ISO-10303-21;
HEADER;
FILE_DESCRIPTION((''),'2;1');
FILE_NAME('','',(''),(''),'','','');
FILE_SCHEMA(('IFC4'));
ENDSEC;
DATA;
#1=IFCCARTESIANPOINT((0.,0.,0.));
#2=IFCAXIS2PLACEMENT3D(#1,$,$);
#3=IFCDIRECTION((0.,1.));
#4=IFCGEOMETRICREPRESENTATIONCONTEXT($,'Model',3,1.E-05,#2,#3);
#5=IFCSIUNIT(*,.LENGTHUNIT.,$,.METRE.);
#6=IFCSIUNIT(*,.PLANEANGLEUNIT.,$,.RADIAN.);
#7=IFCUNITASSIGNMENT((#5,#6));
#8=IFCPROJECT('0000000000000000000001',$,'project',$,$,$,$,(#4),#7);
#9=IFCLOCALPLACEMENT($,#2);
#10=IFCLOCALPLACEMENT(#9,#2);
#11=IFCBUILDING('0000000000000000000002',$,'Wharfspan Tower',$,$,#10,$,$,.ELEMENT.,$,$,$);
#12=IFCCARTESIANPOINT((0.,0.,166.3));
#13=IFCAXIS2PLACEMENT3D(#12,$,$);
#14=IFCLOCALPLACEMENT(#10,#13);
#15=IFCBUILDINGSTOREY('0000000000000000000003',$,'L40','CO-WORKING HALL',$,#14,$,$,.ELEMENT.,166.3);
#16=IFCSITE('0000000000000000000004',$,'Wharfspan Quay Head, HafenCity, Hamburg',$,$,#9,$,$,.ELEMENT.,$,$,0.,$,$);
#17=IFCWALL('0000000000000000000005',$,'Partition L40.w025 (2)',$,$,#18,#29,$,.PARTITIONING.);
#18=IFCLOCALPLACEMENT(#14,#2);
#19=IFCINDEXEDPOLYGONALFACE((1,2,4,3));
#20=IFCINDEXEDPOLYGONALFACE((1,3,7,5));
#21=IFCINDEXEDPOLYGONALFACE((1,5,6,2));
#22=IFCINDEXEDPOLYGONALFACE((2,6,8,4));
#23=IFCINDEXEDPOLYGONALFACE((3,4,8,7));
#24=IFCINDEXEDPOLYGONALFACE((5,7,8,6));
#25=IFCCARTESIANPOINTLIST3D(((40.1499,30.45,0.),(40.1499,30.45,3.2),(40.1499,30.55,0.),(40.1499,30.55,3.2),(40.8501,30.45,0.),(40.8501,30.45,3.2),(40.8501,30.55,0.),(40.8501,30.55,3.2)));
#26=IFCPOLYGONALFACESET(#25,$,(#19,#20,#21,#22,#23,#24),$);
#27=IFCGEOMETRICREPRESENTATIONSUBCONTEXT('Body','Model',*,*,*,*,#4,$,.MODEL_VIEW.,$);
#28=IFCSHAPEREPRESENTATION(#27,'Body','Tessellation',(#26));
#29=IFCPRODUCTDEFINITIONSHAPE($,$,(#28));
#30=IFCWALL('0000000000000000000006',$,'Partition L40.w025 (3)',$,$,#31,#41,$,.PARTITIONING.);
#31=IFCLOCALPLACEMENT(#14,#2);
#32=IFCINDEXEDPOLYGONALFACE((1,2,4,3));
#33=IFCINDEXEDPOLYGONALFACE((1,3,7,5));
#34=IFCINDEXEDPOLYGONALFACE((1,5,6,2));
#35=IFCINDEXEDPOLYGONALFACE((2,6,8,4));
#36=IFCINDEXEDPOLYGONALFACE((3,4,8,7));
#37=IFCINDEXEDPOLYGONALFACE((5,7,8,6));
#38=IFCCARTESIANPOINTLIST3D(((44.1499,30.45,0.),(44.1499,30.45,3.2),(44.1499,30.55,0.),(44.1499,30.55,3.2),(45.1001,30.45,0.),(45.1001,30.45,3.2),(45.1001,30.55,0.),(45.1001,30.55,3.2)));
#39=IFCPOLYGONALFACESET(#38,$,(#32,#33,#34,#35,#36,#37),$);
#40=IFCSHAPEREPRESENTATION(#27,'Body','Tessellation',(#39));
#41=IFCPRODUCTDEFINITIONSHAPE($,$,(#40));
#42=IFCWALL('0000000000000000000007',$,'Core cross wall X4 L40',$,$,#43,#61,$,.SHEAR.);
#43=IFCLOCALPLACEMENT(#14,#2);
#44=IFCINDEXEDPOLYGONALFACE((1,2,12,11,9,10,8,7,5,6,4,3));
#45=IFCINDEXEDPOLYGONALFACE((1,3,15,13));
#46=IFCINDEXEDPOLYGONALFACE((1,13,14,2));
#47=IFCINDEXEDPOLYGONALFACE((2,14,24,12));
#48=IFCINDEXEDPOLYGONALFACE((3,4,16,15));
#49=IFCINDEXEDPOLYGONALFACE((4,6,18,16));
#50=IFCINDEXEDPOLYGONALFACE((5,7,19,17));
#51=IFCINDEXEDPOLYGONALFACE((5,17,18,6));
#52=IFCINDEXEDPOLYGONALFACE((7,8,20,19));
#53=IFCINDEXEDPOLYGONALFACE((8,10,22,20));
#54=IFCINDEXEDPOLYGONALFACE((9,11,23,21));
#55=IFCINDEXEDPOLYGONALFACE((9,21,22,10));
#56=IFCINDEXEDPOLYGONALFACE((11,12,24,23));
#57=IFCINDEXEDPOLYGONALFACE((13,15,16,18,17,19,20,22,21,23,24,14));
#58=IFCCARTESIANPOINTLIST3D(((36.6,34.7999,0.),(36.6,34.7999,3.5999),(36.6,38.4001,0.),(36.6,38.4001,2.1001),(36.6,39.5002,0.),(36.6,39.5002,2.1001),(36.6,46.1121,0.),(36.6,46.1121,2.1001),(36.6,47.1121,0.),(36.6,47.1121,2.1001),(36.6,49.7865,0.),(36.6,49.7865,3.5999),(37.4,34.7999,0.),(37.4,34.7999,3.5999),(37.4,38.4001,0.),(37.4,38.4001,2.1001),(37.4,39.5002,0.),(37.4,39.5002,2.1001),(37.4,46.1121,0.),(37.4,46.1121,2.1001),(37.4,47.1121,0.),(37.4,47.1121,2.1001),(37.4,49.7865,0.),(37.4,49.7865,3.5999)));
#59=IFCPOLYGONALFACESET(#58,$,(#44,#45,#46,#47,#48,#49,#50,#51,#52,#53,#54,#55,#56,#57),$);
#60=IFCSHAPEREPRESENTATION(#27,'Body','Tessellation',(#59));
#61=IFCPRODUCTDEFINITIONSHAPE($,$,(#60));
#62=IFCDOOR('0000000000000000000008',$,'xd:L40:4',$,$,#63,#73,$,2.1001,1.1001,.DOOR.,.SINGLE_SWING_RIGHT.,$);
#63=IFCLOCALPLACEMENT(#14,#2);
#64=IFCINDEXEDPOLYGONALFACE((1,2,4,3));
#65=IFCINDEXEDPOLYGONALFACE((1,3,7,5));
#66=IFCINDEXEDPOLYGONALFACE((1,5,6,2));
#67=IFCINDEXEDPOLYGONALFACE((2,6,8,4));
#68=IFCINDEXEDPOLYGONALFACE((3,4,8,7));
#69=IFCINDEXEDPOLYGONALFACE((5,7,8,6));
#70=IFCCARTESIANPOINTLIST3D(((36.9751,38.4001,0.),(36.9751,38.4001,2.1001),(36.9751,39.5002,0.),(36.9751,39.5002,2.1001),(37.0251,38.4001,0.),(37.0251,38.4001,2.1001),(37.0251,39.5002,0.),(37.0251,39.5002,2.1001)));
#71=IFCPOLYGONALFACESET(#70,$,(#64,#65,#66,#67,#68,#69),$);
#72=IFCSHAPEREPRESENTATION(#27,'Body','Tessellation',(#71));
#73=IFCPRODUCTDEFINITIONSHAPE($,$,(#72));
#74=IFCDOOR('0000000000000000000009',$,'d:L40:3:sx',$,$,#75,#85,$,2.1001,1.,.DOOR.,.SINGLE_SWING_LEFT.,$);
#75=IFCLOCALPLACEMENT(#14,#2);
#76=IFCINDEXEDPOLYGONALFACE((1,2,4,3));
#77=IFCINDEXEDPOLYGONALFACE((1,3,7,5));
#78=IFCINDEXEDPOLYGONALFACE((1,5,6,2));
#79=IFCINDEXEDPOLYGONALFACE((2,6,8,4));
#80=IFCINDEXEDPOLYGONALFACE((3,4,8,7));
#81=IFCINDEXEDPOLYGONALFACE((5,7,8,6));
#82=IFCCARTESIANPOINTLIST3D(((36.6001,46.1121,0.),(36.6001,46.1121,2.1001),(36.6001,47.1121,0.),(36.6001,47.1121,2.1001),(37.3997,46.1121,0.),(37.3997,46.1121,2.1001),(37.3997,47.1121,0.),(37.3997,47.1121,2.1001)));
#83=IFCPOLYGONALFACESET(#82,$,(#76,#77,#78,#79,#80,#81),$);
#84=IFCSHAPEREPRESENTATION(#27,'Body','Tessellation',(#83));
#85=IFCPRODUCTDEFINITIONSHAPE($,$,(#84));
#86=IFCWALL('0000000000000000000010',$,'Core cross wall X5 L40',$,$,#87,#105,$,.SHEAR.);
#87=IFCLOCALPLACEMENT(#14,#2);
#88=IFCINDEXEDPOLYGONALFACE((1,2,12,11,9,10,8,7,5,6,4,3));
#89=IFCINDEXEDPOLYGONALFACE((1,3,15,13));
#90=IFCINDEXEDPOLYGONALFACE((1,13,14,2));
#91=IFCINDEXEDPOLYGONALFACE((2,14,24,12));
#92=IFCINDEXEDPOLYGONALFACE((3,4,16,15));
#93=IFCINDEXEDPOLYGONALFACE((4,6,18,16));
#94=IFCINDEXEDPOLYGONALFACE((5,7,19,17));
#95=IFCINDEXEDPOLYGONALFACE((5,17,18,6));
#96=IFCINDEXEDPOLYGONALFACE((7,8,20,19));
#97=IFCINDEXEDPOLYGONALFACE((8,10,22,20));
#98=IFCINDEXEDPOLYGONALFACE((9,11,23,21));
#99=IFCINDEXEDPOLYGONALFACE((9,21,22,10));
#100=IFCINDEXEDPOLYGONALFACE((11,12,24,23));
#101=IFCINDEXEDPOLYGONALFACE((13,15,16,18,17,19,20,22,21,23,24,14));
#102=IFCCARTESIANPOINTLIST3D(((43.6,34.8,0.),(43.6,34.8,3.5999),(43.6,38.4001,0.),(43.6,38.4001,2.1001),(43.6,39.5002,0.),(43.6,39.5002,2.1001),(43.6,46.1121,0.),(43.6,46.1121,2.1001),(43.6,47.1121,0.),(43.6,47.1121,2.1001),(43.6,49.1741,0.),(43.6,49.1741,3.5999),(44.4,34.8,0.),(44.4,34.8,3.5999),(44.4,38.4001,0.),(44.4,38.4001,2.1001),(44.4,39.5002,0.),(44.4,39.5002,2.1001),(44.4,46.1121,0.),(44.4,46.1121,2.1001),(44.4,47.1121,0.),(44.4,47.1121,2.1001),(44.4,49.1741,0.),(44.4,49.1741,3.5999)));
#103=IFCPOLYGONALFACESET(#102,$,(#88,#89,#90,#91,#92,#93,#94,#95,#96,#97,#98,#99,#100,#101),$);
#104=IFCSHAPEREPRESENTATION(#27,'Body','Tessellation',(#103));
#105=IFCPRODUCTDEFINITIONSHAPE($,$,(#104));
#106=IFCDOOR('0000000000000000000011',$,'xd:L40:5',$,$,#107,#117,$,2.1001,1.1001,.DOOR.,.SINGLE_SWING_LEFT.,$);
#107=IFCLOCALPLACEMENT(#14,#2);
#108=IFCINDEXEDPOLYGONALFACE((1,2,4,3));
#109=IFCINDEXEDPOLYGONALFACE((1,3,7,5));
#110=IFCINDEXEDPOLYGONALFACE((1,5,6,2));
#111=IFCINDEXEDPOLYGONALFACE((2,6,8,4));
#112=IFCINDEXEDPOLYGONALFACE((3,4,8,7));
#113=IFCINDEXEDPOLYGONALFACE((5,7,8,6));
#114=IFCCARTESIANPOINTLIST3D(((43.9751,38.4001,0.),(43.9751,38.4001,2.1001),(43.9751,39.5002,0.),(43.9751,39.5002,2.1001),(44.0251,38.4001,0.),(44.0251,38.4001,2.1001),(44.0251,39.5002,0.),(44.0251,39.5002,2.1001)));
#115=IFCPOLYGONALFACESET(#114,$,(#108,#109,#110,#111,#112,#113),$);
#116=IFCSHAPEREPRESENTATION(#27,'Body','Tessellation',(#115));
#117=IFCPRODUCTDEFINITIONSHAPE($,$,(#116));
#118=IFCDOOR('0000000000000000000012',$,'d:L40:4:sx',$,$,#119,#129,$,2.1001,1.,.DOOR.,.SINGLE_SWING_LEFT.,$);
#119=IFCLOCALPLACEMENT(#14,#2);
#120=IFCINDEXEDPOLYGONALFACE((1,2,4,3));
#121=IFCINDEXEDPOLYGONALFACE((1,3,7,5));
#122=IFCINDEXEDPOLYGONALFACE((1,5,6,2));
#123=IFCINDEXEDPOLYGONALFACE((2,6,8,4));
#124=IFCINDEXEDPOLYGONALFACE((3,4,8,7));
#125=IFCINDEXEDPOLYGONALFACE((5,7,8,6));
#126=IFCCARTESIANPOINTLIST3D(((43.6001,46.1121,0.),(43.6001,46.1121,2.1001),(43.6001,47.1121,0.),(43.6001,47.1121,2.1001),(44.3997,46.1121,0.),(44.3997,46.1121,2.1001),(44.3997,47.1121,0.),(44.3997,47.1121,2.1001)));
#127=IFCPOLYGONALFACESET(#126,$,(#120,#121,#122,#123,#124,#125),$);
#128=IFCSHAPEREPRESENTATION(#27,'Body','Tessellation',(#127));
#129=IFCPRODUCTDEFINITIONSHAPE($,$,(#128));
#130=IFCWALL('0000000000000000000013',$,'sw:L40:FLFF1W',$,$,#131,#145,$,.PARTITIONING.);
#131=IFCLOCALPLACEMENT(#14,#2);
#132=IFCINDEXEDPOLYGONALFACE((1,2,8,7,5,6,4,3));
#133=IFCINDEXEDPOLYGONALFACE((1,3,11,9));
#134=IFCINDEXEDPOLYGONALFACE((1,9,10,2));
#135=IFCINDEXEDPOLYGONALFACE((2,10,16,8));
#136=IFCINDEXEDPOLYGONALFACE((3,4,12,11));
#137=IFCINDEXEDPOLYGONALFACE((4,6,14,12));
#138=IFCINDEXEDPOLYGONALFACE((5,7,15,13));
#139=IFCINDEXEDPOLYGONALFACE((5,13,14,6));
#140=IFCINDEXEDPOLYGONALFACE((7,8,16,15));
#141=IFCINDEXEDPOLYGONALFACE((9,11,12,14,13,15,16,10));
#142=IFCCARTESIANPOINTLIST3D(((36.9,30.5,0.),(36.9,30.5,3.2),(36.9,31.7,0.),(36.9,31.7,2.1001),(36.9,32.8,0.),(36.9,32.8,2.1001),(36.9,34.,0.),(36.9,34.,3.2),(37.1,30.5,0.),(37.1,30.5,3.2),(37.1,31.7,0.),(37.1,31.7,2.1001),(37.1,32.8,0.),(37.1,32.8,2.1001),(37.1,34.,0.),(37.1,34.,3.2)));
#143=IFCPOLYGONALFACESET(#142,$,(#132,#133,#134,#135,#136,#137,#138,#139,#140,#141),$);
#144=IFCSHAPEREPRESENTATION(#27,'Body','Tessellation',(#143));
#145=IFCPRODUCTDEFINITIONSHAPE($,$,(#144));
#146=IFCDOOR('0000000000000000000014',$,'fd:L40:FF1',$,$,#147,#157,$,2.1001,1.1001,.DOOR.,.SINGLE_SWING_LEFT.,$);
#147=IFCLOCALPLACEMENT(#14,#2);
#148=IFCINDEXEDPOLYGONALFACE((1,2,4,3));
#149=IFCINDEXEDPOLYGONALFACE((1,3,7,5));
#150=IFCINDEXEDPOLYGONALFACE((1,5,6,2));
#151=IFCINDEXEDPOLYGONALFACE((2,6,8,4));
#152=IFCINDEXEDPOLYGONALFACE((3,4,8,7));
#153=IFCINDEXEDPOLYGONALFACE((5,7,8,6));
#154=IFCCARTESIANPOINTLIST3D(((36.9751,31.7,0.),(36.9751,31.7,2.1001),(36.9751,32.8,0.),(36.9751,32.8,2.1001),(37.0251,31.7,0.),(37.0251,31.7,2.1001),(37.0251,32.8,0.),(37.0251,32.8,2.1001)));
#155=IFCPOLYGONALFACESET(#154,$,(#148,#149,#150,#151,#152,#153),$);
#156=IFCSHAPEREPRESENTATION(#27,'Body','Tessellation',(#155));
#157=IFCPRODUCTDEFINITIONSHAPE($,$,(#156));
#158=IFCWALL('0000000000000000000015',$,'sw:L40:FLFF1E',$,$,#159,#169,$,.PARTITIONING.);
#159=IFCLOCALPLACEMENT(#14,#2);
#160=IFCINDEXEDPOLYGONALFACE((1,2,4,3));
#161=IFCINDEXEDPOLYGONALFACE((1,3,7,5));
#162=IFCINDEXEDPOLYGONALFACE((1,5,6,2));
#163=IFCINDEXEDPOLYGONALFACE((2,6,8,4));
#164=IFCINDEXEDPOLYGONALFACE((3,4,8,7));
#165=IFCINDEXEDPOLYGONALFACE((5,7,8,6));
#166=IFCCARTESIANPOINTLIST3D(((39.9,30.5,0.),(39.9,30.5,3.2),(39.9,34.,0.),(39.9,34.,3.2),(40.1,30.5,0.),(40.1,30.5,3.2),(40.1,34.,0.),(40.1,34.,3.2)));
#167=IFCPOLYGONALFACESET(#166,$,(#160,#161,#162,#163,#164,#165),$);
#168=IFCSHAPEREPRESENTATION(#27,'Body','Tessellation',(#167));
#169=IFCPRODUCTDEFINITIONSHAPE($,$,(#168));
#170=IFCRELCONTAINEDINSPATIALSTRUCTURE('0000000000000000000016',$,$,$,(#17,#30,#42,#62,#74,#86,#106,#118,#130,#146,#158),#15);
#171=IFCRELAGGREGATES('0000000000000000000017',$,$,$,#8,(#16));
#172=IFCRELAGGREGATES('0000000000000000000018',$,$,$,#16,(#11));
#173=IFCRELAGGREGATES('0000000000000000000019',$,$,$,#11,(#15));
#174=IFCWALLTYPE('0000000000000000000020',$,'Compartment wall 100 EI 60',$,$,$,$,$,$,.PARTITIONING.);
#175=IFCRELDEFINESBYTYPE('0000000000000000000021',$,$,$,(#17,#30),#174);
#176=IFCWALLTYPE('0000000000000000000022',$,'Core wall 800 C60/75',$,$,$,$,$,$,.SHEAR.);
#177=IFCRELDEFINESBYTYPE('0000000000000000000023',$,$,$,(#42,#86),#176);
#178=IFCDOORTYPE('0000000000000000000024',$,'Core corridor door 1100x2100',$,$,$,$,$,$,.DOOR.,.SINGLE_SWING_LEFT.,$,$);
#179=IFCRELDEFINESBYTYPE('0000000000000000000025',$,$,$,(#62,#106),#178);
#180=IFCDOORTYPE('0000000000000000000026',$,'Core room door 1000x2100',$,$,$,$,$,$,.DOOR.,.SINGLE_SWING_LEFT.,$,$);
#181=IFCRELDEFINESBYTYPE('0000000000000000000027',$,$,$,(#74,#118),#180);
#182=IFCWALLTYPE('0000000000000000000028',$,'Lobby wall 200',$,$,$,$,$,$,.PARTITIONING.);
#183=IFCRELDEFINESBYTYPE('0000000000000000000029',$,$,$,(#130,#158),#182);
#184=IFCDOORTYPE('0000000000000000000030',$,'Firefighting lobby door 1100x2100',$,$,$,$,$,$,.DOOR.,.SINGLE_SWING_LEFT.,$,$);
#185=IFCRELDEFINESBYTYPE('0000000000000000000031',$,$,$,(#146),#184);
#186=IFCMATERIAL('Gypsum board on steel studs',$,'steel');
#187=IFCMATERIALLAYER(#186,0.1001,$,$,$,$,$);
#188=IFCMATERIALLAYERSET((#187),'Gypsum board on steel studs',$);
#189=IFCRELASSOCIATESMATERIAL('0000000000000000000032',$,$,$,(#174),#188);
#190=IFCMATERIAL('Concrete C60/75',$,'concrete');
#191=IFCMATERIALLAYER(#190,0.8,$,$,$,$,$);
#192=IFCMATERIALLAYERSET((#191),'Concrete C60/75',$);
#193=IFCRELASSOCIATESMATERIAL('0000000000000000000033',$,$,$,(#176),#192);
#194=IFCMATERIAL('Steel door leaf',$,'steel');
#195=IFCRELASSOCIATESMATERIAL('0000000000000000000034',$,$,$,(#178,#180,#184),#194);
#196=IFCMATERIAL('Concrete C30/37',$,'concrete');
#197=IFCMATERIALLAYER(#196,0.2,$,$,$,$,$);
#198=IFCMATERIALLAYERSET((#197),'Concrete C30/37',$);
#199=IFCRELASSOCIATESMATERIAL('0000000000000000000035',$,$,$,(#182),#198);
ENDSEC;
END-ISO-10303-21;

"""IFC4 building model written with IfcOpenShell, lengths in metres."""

from ifc_helpers import new_model, si_unit, direction, frame, frame_2d, origin, place, context, subcontext, project, spatial, rectangle, extrude, material, layer, layer_set, type_object, element, fill, save


model = new_model("IFC4")

# Units and contexts
model_context = context("Model", 3, precision=1e-05, world=origin(), true_north=direction((0.0, 1.0)))
body_context = subcontext(model_context, "Body", "Model", "MODEL_VIEW")
ifc_project = project(units=[si_unit("LENGTHUNIT", "METRE"), si_unit("PLANEANGLEUNIT", "RADIAN")], contexts=[model_context])

# Site, building, storey
site_placement = place(None, origin())
site = spatial("IfcSite", under=ifc_project, at=site_placement, Name="Wharfspan Quay Head, HafenCity, Hamburg", CompositionType="ELEMENT", RefElevation=0.0)
building_placement = place(site_placement, origin())
building = spatial("IfcBuilding", under=site, at=building_placement, Name="Wharfspan Tower", CompositionType="ELEMENT")
storey_placement = place(building_placement, frame((0.0, 0.0, 166.3)))
storey = spatial("IfcBuildingStorey", under=building, at=storey_placement, Name="L40", Description="CO-WORKING HALL", CompositionType="ELEMENT", Elevation=166.3)

# Walls
ifc_material_1 = material(Name="Gypsum board on steel studs", Category="steel")
ifc_layer_1 = layer(ifc_material_1, 0.1001)
ifc_layer_set_1 = layer_set([ifc_layer_1], Name="Gypsum board on steel studs")
wall_type_1 = type_object("IfcWallType", Name="Compartment wall 100 EI 60", PredefinedType="PARTITIONING", material=ifc_layer_set_1)
wall_1_placement = place(storey_placement, frame((40.1499, 30.5, 0.0), z_axis=(0.0, 0.0, 1.0), x_axis=(1.0, 0.0, 0.0)))
element("IfcWall", 1, at=wall_1_placement, inside=storey, type_object=wall_type_1, Name="Partition L40.w025 (2)", PredefinedType="PARTITIONING", context=body_context, shape_type="SweptSolid", body=[
    extrude(rectangle(XDim=0.7002, YDim=0.1001, at=frame_2d((0.3501, 0.0))), origin(), (0.0, 0.0, 1.0), 3.2),
])
wall_2_placement = place(storey_placement, frame((44.1499, 30.5, 0.0), z_axis=(0.0, 0.0, 1.0), x_axis=(1.0, 0.0, 0.0)))
element("IfcWall", 2, at=wall_2_placement, inside=storey, type_object=wall_type_1, Name="Partition L40.w025 (3)", PredefinedType="PARTITIONING", context=body_context, shape_type="SweptSolid", body=[
    extrude(rectangle(XDim=0.9502, YDim=0.1001, at=frame_2d((0.4751, 0.0))), origin(), (0.0, 0.0, 1.0), 3.2),
])

# Walls, openings, doors
ifc_material_2 = material(Name="Concrete C60/75", Category="concrete")
ifc_layer_2 = layer(ifc_material_2, 0.8)
ifc_layer_set_2 = layer_set([ifc_layer_2], Name="Concrete C60/75")
wall_type_2 = type_object("IfcWallType", Name="Core wall 800 C60/75", PredefinedType="SHEAR", material=ifc_layer_set_2)
wall_3_placement = place(storey_placement, frame((37.0, 34.8, 0.0), z_axis=(0.0, 0.0, 1.0), x_axis=(0.0, 1.0, 0.0)))
wall_3 = element("IfcWall", 3, at=wall_3_placement, inside=storey, type_object=wall_type_2, Name="Core cross wall X4 L40", PredefinedType="SHEAR", context=body_context, shape_type="SweptSolid", body=[
    extrude(rectangle(XDim=14.9866, YDim=0.8, at=frame_2d((7.4932, 0.0))), origin(), (0.0, 0.0, 1.0), 3.5999),
])
opening_1_placement = place(wall_3_placement, frame((11.312, 0.0, 0.0)))
opening_1 = element("IfcOpeningElement", 4, at=opening_1_placement, cuts=wall_3, PredefinedType="OPENING", context=body_context, shape_type="SweptSolid", body=[
    extrude(rectangle(XDim=1.0, YDim=2.1001, at=frame_2d((0.5, 1.05))), frame((0.0, 0.4099, 0.0), z_axis=(0.0, -1.0, 0.0), x_axis=(1.0, 0.0, 0.0)), (0.0, 0.0, 1.0), 0.8201),
])
opening_2_placement = place(wall_3_placement, frame((3.6001, 0.0, 0.0)))
opening_2 = element("IfcOpeningElement", 5, at=opening_2_placement, cuts=wall_3, PredefinedType="OPENING", context=body_context, shape_type="SweptSolid", body=[
    extrude(rectangle(XDim=1.1001, YDim=2.1001, at=frame_2d((0.55, 1.05))), frame((0.0, 0.4099, 0.0), z_axis=(0.0, -1.0, 0.0), x_axis=(1.0, 0.0, 0.0)), (0.0, 0.0, 1.0), 0.8201),
])
ifc_material_3 = material(Name="Steel door leaf", Category="steel")
door_type_1 = type_object("IfcDoorType", Name="Core corridor door 1100x2100", OperationType="SINGLE_SWING_LEFT", PredefinedType="DOOR", material=ifc_material_3)
door_1_placement = place(opening_2_placement, origin())
door_1 = element("IfcDoor", 6, at=door_1_placement, inside=storey, type_object=door_type_1, Name="xd:L40:4", OperationType="SINGLE_SWING_RIGHT", OverallHeight=2.1001, OverallWidth=1.1001, PredefinedType="DOOR", context=body_context, shape_type="SweptSolid", body=[
    extrude(rectangle(XDim=1.1001, YDim=2.1001, at=frame_2d((0.55, 1.05))), frame((0.0, 0.0249, 0.0), z_axis=(0.0, -1.0, 0.0), x_axis=(1.0, 0.0, 0.0)), (0.0, 0.0, 1.0), 0.05),
])
fill(opening_2, door_1)
door_type_2 = type_object("IfcDoorType", Name="Core room door 1000x2100", OperationType="SINGLE_SWING_LEFT", PredefinedType="DOOR", material=ifc_material_3)
door_2_placement = place(opening_1_placement, origin())
door_2 = element("IfcDoor", 7, at=door_2_placement, inside=storey, type_object=door_type_2, Name="d:L40:3:sx", OperationType="SINGLE_SWING_LEFT", OverallHeight=2.1001, OverallWidth=1.0, PredefinedType="DOOR", context=body_context, shape_type="SweptSolid", body=[
    extrude(rectangle(XDim=1.0, YDim=2.1001, at=frame_2d((0.5, 1.05))), frame((0.0, 0.3999, 0.0), z_axis=(0.0, -1.0, 0.0), x_axis=(1.0, 0.0, 0.0)), (0.0, 0.0, 1.0), 0.7996),
])
fill(opening_1, door_2)
wall_4_placement = place(storey_placement, frame((44.0, 34.8, 0.0), z_axis=(0.0, 0.0, 1.0), x_axis=(0.0, 1.0, 0.0)))
wall_4 = element("IfcWall", 8, at=wall_4_placement, inside=storey, type_object=wall_type_2, Name="Core cross wall X5 L40", PredefinedType="SHEAR", context=body_context, shape_type="SweptSolid", body=[
    extrude(rectangle(XDim=14.374, YDim=0.8, at=frame_2d((7.187, 0.0))), origin(), (0.0, 0.0, 1.0), 3.5999),
])
opening_3_placement = place(wall_4_placement, frame((11.312, 0.0, 0.0)))
opening_3 = element("IfcOpeningElement", 9, at=opening_3_placement, cuts=wall_4, PredefinedType="OPENING", context=body_context, shape_type="SweptSolid", body=[
    extrude(rectangle(XDim=1.0, YDim=2.1001, at=frame_2d((0.5, 1.05))), frame((0.0, 0.4099, 0.0), z_axis=(0.0, -1.0, 0.0), x_axis=(1.0, 0.0, 0.0)), (0.0, 0.0, 1.0), 0.8201),
])
opening_4_placement = place(wall_4_placement, frame((3.6001, 0.0, 0.0)))
opening_4 = element("IfcOpeningElement", 10, at=opening_4_placement, cuts=wall_4, PredefinedType="OPENING", context=body_context, shape_type="SweptSolid", body=[
    extrude(rectangle(XDim=1.1001, YDim=2.1001, at=frame_2d((0.55, 1.05))), frame((0.0, 0.4099, 0.0), z_axis=(0.0, -1.0, 0.0), x_axis=(1.0, 0.0, 0.0)), (0.0, 0.0, 1.0), 0.8201),
])
door_3_placement = place(opening_4_placement, origin())
door_3 = element("IfcDoor", 11, at=door_3_placement, inside=storey, type_object=door_type_1, Name="xd:L40:5", OperationType="SINGLE_SWING_LEFT", OverallHeight=2.1001, OverallWidth=1.1001, PredefinedType="DOOR", context=body_context, shape_type="SweptSolid", body=[
    extrude(rectangle(XDim=1.1001, YDim=2.1001, at=frame_2d((0.55, 1.05))), frame((0.0, 0.0249, 0.0), z_axis=(0.0, -1.0, 0.0), x_axis=(1.0, 0.0, 0.0)), (0.0, 0.0, 1.0), 0.05),
])
fill(opening_4, door_3)
door_4_placement = place(opening_3_placement, origin())
door_4 = element("IfcDoor", 12, at=door_4_placement, inside=storey, type_object=door_type_2, Name="d:L40:4:sx", OperationType="SINGLE_SWING_LEFT", OverallHeight=2.1001, OverallWidth=1.0, PredefinedType="DOOR", context=body_context, shape_type="SweptSolid", body=[
    extrude(rectangle(XDim=1.0, YDim=2.1001, at=frame_2d((0.5, 1.05))), frame((0.0, 0.3999, 0.0), z_axis=(0.0, -1.0, 0.0), x_axis=(1.0, 0.0, 0.0)), (0.0, 0.0, 1.0), 0.7996),
])
fill(opening_3, door_4)

# Wall, opening, door
ifc_material_4 = material(Name="Concrete C30/37", Category="concrete")
ifc_layer_3 = layer(ifc_material_4, 0.2)
ifc_layer_set_3 = layer_set([ifc_layer_3], Name="Concrete C30/37")
wall_type_3 = type_object("IfcWallType", Name="Lobby wall 200", PredefinedType="PARTITIONING", material=ifc_layer_set_3)
wall_5_placement = place(storey_placement, frame((37.0, 30.5, 0.0), z_axis=(0.0, 0.0, 1.0), x_axis=(0.0, 1.0, 0.0)))
wall_5 = element("IfcWall", 13, at=wall_5_placement, inside=storey, type_object=wall_type_3, Name="sw:L40:FLFF1W", PredefinedType="PARTITIONING", context=body_context, shape_type="SweptSolid", body=[
    extrude(rectangle(XDim=3.5, YDim=0.2, at=frame_2d((1.75, 0.0))), origin(), (0.0, 0.0, 1.0), 3.2),
])
opening_5_placement = place(wall_5_placement, frame((1.2, 0.0, 0.0)))
opening_5 = element("IfcOpeningElement", 14, at=opening_5_placement, cuts=wall_5, PredefinedType="OPENING", context=body_context, shape_type="SweptSolid", body=[
    extrude(rectangle(XDim=1.1001, YDim=2.1001, at=frame_2d((0.55, 1.05))), frame((0.0, 0.1099, 0.0), z_axis=(0.0, -1.0, 0.0), x_axis=(1.0, 0.0, 0.0)), (0.0, 0.0, 1.0), 0.22),
])
door_type_3 = type_object("IfcDoorType", Name="Firefighting lobby door 1100x2100", OperationType="SINGLE_SWING_LEFT", PredefinedType="DOOR", material=ifc_material_3)
door_5_placement = place(opening_5_placement, origin())
door_5 = element("IfcDoor", 15, at=door_5_placement, inside=storey, type_object=door_type_3, Name="fd:L40:FF1", OperationType="SINGLE_SWING_LEFT", OverallHeight=2.1001, OverallWidth=1.1001, PredefinedType="DOOR", context=body_context, shape_type="SweptSolid", body=[
    extrude(rectangle(XDim=1.1001, YDim=2.1001, at=frame_2d((0.55, 1.05))), frame((0.0, 0.0249, 0.0), z_axis=(0.0, -1.0, 0.0), x_axis=(1.0, 0.0, 0.0)), (0.0, 0.0, 1.0), 0.05),
])
fill(opening_5, door_5)

# Wall
wall_6_placement = place(storey_placement, frame((40.0, 30.5, 0.0), z_axis=(0.0, 0.0, 1.0), x_axis=(0.0, 1.0, 0.0)))
element("IfcWall", 16, at=wall_6_placement, inside=storey, type_object=wall_type_3, Name="sw:L40:FLFF1E", PredefinedType="PARTITIONING", context=body_context, shape_type="SweptSolid", body=[
    extrude(rectangle(XDim=3.5, YDim=0.2, at=frame_2d((1.75, 0.0))), origin(), (0.0, 0.0, 1.0), 3.2),
])

save(model, "model.ifc")
